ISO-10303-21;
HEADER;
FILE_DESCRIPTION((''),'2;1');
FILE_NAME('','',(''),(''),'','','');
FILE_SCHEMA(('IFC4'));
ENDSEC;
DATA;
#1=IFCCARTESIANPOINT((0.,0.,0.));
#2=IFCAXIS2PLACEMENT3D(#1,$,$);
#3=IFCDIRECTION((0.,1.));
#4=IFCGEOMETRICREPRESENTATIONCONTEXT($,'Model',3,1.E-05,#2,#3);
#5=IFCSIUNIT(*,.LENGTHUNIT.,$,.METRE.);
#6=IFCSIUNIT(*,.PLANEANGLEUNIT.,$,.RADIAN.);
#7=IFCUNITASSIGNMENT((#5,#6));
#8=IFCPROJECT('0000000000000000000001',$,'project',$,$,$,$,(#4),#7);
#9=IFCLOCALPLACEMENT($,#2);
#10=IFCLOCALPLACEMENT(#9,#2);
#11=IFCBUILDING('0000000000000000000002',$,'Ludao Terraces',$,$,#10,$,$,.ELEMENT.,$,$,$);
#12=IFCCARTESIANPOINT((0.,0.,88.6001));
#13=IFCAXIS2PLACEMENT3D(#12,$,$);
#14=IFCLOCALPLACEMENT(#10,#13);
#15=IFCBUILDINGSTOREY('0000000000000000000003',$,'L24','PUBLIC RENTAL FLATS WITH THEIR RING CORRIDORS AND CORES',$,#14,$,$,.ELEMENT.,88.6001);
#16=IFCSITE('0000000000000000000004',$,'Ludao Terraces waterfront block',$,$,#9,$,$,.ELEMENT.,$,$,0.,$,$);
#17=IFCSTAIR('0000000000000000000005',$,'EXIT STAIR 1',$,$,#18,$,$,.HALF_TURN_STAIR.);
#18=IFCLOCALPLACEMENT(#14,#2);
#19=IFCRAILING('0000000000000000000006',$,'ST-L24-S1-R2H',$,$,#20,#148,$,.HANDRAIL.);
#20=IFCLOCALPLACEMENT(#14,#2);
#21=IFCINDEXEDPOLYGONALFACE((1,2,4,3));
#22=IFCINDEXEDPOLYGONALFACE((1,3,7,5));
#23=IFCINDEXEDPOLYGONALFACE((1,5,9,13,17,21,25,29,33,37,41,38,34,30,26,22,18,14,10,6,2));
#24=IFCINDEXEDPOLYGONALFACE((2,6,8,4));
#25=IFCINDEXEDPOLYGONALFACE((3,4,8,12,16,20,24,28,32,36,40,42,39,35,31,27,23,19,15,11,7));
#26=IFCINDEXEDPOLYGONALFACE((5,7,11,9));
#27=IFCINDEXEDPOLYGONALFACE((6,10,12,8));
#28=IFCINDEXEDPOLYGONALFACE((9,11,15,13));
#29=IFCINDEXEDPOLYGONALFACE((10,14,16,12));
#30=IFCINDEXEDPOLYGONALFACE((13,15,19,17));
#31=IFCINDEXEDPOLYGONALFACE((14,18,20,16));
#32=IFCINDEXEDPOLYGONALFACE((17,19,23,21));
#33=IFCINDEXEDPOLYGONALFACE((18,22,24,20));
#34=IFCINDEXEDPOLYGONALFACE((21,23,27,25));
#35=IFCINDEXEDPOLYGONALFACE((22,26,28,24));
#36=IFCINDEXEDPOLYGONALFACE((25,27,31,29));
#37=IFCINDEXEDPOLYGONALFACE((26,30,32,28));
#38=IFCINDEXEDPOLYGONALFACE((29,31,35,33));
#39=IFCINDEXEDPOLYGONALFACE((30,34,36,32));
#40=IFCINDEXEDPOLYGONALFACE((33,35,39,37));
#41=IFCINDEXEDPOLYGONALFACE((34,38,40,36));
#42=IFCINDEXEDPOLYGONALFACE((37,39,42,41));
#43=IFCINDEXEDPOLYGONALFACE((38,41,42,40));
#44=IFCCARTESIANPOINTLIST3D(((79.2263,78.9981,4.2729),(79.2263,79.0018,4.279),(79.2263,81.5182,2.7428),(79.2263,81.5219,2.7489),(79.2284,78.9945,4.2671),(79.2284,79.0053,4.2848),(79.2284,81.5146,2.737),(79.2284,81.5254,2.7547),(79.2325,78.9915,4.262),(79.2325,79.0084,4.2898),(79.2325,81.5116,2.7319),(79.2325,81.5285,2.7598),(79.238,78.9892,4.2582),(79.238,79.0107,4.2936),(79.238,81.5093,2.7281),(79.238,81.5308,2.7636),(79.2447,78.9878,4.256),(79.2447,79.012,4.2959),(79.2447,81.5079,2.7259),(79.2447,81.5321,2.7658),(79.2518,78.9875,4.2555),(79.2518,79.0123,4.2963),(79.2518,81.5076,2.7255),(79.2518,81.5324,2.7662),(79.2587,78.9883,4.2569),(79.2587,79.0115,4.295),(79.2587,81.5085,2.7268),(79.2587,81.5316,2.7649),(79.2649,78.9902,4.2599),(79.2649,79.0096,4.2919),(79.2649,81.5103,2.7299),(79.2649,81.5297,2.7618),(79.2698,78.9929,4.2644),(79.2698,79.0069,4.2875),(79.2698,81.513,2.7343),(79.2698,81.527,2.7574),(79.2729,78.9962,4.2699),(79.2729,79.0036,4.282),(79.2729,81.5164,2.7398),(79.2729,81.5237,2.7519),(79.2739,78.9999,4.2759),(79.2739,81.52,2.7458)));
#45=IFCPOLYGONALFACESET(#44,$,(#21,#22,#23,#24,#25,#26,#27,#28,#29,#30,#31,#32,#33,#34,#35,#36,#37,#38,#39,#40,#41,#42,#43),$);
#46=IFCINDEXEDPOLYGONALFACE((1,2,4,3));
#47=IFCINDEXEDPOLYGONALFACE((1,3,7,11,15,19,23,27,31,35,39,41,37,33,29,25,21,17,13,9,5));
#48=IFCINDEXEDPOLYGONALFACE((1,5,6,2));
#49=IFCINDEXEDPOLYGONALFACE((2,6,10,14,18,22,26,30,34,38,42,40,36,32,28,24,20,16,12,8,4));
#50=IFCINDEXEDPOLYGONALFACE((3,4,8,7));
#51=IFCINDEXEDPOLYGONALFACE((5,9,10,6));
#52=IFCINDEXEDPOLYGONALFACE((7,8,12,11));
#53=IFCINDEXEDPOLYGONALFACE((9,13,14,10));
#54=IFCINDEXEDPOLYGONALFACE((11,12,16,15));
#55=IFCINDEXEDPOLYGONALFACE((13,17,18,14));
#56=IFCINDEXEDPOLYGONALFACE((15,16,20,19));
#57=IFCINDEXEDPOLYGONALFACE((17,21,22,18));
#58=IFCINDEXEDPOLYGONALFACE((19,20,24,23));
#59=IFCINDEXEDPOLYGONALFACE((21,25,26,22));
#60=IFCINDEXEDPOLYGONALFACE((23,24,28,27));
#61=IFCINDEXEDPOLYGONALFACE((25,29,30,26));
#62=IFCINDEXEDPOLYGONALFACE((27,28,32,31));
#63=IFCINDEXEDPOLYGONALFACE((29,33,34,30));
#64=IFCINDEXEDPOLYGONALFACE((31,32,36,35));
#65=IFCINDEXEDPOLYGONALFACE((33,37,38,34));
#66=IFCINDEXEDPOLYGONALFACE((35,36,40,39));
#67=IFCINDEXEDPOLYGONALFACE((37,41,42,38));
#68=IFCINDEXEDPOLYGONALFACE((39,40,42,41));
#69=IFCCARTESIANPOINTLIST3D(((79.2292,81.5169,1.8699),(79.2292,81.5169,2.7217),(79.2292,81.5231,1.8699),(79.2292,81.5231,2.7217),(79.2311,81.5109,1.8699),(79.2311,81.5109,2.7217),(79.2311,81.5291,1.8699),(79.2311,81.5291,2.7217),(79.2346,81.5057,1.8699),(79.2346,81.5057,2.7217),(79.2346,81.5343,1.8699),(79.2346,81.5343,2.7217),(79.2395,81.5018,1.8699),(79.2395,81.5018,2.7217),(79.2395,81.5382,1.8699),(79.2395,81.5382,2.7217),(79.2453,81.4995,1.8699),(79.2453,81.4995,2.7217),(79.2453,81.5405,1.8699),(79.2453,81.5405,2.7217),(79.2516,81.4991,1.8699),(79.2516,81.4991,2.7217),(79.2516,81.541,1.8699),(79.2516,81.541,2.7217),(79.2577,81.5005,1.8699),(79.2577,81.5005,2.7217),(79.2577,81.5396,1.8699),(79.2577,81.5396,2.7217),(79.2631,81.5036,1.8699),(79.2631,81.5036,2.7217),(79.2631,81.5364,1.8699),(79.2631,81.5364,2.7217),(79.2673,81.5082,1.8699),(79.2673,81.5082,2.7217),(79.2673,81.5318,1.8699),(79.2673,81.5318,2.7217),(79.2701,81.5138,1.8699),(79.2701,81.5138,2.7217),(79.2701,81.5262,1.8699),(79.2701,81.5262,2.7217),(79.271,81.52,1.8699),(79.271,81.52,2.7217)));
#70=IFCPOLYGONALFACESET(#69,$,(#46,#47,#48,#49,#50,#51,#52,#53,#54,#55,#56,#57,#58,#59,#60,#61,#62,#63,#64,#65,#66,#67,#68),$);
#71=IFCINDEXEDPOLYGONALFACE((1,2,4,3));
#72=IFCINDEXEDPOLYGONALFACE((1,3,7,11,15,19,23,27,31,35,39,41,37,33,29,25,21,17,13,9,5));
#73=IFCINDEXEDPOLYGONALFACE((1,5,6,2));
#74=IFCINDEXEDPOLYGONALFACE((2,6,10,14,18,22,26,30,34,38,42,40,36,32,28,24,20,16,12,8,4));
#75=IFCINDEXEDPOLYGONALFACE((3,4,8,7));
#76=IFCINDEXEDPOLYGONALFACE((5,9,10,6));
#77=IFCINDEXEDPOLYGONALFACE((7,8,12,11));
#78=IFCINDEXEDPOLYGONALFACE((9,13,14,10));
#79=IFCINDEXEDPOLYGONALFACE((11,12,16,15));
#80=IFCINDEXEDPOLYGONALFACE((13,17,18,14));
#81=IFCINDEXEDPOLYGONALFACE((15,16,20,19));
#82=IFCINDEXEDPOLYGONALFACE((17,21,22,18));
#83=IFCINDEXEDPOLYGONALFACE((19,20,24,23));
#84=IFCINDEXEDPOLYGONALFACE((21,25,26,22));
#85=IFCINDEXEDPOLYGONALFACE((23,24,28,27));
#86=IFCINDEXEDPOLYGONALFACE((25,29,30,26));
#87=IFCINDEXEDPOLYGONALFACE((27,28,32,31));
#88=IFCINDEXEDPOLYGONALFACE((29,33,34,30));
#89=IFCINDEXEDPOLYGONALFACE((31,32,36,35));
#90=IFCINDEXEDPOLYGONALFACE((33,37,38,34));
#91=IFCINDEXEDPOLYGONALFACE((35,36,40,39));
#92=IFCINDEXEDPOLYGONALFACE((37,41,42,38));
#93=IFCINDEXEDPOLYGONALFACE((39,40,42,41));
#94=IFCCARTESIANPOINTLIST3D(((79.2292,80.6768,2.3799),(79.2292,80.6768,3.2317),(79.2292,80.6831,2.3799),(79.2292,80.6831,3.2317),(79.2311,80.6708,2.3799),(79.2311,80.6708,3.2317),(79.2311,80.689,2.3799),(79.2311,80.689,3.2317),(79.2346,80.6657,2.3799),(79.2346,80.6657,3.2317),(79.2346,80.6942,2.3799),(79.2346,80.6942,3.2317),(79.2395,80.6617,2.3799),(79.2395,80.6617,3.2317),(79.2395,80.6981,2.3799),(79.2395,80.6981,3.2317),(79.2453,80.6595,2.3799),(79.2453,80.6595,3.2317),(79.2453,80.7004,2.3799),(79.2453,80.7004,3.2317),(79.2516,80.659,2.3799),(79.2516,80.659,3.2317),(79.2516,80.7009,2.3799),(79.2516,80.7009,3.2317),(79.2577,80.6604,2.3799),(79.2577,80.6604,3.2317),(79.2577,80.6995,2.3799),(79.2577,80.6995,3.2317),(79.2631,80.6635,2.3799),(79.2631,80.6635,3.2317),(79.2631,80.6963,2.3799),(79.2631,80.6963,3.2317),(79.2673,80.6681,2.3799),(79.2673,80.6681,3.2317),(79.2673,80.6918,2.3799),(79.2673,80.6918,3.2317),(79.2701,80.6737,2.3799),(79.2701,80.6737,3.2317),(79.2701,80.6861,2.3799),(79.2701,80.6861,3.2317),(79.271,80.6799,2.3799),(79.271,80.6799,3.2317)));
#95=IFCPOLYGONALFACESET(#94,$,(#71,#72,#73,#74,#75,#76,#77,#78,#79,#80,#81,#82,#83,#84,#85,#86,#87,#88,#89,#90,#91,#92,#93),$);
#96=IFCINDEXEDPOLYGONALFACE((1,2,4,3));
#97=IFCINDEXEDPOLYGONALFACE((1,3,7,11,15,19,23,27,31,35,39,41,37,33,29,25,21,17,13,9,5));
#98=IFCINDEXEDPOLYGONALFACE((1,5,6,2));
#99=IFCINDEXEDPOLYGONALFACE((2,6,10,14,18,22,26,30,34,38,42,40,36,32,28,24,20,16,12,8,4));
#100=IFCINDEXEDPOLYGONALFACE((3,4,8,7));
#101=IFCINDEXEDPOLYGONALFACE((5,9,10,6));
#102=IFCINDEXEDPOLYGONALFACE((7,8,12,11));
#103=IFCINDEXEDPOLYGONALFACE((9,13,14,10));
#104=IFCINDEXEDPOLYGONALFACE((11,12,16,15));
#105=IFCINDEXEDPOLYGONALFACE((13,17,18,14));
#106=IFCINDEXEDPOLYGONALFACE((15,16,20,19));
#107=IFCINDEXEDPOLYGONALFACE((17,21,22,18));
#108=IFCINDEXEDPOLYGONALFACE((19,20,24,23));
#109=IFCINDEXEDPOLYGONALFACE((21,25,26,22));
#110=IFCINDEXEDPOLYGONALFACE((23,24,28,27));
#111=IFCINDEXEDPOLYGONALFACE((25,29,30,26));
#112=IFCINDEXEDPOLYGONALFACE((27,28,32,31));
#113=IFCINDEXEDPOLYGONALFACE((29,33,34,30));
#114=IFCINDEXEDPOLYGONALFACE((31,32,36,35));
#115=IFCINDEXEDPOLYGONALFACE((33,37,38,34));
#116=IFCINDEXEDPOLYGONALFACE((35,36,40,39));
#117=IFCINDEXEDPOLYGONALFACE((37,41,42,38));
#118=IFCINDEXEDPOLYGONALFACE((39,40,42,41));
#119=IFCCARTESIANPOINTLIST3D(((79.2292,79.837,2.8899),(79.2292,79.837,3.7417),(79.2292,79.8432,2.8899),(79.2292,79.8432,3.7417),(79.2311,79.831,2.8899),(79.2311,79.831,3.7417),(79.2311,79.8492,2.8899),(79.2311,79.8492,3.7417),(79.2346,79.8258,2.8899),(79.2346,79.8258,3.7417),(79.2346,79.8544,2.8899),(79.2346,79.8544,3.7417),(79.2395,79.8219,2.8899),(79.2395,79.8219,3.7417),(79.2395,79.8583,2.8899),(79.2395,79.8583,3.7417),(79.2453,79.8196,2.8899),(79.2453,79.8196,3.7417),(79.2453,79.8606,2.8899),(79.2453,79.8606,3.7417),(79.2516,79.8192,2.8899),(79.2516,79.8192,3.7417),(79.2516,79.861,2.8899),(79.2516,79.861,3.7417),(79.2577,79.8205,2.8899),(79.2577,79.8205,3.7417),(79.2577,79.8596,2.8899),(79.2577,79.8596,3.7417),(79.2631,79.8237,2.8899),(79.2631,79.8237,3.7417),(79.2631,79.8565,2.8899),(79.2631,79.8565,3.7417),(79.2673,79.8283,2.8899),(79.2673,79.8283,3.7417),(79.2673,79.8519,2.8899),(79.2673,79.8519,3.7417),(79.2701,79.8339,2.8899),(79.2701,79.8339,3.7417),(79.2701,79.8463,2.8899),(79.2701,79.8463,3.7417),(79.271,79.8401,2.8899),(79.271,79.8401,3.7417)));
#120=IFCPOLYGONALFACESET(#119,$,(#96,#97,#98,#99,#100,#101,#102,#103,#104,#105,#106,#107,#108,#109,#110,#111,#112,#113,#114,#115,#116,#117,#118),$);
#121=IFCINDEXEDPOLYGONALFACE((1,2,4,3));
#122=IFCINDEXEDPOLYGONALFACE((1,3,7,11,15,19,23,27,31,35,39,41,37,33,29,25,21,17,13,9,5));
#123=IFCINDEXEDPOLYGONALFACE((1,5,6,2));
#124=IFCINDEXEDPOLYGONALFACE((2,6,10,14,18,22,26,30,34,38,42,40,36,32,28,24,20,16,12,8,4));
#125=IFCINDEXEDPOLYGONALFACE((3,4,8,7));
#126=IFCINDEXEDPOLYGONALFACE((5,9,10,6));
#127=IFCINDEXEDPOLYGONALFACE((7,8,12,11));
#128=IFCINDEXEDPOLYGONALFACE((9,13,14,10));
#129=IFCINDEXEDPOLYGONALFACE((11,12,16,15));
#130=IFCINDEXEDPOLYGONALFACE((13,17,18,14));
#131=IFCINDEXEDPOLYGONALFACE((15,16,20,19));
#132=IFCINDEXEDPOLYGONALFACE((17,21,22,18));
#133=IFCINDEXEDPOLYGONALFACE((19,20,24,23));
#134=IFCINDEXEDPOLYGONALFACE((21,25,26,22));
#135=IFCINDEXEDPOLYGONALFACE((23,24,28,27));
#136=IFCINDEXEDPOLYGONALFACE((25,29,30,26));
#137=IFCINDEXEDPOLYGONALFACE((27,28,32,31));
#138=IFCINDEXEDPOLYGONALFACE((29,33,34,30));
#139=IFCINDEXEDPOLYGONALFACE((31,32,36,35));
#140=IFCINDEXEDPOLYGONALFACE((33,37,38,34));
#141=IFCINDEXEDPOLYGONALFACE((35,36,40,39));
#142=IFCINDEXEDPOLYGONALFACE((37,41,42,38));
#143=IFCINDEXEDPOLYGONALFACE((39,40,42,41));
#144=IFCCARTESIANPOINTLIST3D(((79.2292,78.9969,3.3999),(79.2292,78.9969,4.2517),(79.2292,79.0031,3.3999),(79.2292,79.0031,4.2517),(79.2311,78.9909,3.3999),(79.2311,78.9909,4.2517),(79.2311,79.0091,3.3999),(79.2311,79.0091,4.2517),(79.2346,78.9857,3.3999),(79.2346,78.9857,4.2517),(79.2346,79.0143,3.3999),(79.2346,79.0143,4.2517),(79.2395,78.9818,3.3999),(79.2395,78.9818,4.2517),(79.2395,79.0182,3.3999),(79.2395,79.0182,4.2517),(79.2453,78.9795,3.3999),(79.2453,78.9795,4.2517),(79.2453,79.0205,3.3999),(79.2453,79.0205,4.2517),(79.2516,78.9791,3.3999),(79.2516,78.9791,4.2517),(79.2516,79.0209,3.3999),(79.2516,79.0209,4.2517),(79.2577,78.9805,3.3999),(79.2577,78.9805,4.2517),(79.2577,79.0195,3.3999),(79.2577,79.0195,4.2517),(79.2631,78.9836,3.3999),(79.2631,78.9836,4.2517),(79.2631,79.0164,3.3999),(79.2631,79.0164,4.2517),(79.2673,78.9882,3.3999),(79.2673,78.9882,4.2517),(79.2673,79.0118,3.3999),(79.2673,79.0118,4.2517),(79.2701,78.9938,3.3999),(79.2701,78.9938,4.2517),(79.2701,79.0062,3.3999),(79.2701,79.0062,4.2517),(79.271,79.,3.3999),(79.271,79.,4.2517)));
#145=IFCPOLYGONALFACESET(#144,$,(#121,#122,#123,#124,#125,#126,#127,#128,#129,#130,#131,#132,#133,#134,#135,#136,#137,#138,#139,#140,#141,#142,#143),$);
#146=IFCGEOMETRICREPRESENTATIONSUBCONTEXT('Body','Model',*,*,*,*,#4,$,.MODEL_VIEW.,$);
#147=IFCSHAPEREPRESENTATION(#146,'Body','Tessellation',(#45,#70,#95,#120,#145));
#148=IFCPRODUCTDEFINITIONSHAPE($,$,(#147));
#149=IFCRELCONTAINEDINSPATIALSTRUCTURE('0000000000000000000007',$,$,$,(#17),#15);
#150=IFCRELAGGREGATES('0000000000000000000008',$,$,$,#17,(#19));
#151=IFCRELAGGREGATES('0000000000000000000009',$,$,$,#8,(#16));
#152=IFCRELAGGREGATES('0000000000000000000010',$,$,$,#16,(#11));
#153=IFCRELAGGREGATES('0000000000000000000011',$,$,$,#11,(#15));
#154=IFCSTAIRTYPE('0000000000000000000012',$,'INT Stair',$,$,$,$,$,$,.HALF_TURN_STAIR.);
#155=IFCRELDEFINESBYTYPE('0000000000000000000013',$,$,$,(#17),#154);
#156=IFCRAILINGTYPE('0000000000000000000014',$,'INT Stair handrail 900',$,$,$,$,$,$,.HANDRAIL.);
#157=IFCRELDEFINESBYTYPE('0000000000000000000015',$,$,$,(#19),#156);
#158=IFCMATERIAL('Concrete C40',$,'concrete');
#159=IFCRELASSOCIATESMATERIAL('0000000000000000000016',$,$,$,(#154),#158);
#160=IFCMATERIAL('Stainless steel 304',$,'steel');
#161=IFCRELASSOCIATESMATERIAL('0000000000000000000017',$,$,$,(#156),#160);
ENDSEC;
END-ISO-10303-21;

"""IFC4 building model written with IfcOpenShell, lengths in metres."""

from ifc_helpers import new_model, si_unit, direction, frame, origin, origin_2d, place, context, subcontext, project, spatial, circle, extrude, material, type_object, element, aggregate, save


model = new_model("IFC4")

# Units and contexts
model_context = context("Model", 3, precision=1e-05, world=origin(), true_north=direction((0.0, 1.0)))
body_context = subcontext(model_context, "Body", "Model", "MODEL_VIEW")
ifc_project = project(units=[si_unit("LENGTHUNIT", "METRE"), si_unit("PLANEANGLEUNIT", "RADIAN")], contexts=[model_context])

# Site, building, storey
site_placement = place(None, origin())
site = spatial("IfcSite", under=ifc_project, at=site_placement, Name="Ludao Terraces waterfront block", CompositionType="ELEMENT", RefElevation=0.0)
building_placement = place(site_placement, origin())
building = spatial("IfcBuilding", under=site, at=building_placement, Name="Ludao Terraces", CompositionType="ELEMENT")
storey_placement = place(building_placement, frame((0.0, 0.0, 88.6001)))
storey = spatial("IfcBuildingStorey", under=building, at=storey_placement, Name="L24", Description="PUBLIC RENTAL FLATS WITH THEIR RING CORRIDORS AND CORES", CompositionType="ELEMENT", Elevation=88.6001)

# Shared definitions
ifc_material_1 = material(Name="Stainless steel 304", Category="steel")

# Stair, railing
ifc_material_2 = material(Name="Concrete C40", Category="concrete")
stair_type = type_object("IfcStairType", Name="INT Stair", PredefinedType="HALF_TURN_STAIR", material=ifc_material_2)
stair_placement = place(storey_placement, origin())
stair = element("IfcStair", 1, at=stair_placement, inside=storey, type_object=stair_type, Name="EXIT STAIR 1", PredefinedType="HALF_TURN_STAIR")
railing_type_1 = type_object("IfcRailingType", Name="INT Stair handrail 900", PredefinedType="HANDRAIL", material=ifc_material_1)
railing_1_placement = place(storey_placement, frame((79.25, 81.52, 1.8699)))
railing_1 = element("IfcRailing", 2, at=railing_1_placement, type_object=railing_type_1, Name="ST-L24-S1-R2H", PredefinedType="HANDRAIL", context=body_context, shape_type="SweptSolid", body=[
    extrude(circle(Radius=0.0239, at=origin_2d()), frame((0.0, 0.0, 0.876), z_axis=(0.0, -0.854785, 0.518982), x_axis=(1.0, 0.0, 0.0)), (0.0, 0.0, 1.0), 2.9482),
    extrude(circle(Radius=0.021, at=origin_2d()), origin(), (0.0, 0.0, 1.0), 0.8518),
    extrude(circle(Radius=0.021, at=origin_2d()), frame((0.0, -0.8401, 0.51)), (0.0, 0.0, 1.0), 0.8518),
    extrude(circle(Radius=0.021, at=origin_2d()), frame((0.0, -1.6799, 1.02)), (0.0, 0.0, 1.0), 0.8518),
    extrude(circle(Radius=0.021, at=origin_2d()), frame((0.0, -2.52, 1.53)), (0.0, 0.0, 1.0), 0.8518),
])
aggregate(stair, [railing_1])

save(model, "model.ifc")
